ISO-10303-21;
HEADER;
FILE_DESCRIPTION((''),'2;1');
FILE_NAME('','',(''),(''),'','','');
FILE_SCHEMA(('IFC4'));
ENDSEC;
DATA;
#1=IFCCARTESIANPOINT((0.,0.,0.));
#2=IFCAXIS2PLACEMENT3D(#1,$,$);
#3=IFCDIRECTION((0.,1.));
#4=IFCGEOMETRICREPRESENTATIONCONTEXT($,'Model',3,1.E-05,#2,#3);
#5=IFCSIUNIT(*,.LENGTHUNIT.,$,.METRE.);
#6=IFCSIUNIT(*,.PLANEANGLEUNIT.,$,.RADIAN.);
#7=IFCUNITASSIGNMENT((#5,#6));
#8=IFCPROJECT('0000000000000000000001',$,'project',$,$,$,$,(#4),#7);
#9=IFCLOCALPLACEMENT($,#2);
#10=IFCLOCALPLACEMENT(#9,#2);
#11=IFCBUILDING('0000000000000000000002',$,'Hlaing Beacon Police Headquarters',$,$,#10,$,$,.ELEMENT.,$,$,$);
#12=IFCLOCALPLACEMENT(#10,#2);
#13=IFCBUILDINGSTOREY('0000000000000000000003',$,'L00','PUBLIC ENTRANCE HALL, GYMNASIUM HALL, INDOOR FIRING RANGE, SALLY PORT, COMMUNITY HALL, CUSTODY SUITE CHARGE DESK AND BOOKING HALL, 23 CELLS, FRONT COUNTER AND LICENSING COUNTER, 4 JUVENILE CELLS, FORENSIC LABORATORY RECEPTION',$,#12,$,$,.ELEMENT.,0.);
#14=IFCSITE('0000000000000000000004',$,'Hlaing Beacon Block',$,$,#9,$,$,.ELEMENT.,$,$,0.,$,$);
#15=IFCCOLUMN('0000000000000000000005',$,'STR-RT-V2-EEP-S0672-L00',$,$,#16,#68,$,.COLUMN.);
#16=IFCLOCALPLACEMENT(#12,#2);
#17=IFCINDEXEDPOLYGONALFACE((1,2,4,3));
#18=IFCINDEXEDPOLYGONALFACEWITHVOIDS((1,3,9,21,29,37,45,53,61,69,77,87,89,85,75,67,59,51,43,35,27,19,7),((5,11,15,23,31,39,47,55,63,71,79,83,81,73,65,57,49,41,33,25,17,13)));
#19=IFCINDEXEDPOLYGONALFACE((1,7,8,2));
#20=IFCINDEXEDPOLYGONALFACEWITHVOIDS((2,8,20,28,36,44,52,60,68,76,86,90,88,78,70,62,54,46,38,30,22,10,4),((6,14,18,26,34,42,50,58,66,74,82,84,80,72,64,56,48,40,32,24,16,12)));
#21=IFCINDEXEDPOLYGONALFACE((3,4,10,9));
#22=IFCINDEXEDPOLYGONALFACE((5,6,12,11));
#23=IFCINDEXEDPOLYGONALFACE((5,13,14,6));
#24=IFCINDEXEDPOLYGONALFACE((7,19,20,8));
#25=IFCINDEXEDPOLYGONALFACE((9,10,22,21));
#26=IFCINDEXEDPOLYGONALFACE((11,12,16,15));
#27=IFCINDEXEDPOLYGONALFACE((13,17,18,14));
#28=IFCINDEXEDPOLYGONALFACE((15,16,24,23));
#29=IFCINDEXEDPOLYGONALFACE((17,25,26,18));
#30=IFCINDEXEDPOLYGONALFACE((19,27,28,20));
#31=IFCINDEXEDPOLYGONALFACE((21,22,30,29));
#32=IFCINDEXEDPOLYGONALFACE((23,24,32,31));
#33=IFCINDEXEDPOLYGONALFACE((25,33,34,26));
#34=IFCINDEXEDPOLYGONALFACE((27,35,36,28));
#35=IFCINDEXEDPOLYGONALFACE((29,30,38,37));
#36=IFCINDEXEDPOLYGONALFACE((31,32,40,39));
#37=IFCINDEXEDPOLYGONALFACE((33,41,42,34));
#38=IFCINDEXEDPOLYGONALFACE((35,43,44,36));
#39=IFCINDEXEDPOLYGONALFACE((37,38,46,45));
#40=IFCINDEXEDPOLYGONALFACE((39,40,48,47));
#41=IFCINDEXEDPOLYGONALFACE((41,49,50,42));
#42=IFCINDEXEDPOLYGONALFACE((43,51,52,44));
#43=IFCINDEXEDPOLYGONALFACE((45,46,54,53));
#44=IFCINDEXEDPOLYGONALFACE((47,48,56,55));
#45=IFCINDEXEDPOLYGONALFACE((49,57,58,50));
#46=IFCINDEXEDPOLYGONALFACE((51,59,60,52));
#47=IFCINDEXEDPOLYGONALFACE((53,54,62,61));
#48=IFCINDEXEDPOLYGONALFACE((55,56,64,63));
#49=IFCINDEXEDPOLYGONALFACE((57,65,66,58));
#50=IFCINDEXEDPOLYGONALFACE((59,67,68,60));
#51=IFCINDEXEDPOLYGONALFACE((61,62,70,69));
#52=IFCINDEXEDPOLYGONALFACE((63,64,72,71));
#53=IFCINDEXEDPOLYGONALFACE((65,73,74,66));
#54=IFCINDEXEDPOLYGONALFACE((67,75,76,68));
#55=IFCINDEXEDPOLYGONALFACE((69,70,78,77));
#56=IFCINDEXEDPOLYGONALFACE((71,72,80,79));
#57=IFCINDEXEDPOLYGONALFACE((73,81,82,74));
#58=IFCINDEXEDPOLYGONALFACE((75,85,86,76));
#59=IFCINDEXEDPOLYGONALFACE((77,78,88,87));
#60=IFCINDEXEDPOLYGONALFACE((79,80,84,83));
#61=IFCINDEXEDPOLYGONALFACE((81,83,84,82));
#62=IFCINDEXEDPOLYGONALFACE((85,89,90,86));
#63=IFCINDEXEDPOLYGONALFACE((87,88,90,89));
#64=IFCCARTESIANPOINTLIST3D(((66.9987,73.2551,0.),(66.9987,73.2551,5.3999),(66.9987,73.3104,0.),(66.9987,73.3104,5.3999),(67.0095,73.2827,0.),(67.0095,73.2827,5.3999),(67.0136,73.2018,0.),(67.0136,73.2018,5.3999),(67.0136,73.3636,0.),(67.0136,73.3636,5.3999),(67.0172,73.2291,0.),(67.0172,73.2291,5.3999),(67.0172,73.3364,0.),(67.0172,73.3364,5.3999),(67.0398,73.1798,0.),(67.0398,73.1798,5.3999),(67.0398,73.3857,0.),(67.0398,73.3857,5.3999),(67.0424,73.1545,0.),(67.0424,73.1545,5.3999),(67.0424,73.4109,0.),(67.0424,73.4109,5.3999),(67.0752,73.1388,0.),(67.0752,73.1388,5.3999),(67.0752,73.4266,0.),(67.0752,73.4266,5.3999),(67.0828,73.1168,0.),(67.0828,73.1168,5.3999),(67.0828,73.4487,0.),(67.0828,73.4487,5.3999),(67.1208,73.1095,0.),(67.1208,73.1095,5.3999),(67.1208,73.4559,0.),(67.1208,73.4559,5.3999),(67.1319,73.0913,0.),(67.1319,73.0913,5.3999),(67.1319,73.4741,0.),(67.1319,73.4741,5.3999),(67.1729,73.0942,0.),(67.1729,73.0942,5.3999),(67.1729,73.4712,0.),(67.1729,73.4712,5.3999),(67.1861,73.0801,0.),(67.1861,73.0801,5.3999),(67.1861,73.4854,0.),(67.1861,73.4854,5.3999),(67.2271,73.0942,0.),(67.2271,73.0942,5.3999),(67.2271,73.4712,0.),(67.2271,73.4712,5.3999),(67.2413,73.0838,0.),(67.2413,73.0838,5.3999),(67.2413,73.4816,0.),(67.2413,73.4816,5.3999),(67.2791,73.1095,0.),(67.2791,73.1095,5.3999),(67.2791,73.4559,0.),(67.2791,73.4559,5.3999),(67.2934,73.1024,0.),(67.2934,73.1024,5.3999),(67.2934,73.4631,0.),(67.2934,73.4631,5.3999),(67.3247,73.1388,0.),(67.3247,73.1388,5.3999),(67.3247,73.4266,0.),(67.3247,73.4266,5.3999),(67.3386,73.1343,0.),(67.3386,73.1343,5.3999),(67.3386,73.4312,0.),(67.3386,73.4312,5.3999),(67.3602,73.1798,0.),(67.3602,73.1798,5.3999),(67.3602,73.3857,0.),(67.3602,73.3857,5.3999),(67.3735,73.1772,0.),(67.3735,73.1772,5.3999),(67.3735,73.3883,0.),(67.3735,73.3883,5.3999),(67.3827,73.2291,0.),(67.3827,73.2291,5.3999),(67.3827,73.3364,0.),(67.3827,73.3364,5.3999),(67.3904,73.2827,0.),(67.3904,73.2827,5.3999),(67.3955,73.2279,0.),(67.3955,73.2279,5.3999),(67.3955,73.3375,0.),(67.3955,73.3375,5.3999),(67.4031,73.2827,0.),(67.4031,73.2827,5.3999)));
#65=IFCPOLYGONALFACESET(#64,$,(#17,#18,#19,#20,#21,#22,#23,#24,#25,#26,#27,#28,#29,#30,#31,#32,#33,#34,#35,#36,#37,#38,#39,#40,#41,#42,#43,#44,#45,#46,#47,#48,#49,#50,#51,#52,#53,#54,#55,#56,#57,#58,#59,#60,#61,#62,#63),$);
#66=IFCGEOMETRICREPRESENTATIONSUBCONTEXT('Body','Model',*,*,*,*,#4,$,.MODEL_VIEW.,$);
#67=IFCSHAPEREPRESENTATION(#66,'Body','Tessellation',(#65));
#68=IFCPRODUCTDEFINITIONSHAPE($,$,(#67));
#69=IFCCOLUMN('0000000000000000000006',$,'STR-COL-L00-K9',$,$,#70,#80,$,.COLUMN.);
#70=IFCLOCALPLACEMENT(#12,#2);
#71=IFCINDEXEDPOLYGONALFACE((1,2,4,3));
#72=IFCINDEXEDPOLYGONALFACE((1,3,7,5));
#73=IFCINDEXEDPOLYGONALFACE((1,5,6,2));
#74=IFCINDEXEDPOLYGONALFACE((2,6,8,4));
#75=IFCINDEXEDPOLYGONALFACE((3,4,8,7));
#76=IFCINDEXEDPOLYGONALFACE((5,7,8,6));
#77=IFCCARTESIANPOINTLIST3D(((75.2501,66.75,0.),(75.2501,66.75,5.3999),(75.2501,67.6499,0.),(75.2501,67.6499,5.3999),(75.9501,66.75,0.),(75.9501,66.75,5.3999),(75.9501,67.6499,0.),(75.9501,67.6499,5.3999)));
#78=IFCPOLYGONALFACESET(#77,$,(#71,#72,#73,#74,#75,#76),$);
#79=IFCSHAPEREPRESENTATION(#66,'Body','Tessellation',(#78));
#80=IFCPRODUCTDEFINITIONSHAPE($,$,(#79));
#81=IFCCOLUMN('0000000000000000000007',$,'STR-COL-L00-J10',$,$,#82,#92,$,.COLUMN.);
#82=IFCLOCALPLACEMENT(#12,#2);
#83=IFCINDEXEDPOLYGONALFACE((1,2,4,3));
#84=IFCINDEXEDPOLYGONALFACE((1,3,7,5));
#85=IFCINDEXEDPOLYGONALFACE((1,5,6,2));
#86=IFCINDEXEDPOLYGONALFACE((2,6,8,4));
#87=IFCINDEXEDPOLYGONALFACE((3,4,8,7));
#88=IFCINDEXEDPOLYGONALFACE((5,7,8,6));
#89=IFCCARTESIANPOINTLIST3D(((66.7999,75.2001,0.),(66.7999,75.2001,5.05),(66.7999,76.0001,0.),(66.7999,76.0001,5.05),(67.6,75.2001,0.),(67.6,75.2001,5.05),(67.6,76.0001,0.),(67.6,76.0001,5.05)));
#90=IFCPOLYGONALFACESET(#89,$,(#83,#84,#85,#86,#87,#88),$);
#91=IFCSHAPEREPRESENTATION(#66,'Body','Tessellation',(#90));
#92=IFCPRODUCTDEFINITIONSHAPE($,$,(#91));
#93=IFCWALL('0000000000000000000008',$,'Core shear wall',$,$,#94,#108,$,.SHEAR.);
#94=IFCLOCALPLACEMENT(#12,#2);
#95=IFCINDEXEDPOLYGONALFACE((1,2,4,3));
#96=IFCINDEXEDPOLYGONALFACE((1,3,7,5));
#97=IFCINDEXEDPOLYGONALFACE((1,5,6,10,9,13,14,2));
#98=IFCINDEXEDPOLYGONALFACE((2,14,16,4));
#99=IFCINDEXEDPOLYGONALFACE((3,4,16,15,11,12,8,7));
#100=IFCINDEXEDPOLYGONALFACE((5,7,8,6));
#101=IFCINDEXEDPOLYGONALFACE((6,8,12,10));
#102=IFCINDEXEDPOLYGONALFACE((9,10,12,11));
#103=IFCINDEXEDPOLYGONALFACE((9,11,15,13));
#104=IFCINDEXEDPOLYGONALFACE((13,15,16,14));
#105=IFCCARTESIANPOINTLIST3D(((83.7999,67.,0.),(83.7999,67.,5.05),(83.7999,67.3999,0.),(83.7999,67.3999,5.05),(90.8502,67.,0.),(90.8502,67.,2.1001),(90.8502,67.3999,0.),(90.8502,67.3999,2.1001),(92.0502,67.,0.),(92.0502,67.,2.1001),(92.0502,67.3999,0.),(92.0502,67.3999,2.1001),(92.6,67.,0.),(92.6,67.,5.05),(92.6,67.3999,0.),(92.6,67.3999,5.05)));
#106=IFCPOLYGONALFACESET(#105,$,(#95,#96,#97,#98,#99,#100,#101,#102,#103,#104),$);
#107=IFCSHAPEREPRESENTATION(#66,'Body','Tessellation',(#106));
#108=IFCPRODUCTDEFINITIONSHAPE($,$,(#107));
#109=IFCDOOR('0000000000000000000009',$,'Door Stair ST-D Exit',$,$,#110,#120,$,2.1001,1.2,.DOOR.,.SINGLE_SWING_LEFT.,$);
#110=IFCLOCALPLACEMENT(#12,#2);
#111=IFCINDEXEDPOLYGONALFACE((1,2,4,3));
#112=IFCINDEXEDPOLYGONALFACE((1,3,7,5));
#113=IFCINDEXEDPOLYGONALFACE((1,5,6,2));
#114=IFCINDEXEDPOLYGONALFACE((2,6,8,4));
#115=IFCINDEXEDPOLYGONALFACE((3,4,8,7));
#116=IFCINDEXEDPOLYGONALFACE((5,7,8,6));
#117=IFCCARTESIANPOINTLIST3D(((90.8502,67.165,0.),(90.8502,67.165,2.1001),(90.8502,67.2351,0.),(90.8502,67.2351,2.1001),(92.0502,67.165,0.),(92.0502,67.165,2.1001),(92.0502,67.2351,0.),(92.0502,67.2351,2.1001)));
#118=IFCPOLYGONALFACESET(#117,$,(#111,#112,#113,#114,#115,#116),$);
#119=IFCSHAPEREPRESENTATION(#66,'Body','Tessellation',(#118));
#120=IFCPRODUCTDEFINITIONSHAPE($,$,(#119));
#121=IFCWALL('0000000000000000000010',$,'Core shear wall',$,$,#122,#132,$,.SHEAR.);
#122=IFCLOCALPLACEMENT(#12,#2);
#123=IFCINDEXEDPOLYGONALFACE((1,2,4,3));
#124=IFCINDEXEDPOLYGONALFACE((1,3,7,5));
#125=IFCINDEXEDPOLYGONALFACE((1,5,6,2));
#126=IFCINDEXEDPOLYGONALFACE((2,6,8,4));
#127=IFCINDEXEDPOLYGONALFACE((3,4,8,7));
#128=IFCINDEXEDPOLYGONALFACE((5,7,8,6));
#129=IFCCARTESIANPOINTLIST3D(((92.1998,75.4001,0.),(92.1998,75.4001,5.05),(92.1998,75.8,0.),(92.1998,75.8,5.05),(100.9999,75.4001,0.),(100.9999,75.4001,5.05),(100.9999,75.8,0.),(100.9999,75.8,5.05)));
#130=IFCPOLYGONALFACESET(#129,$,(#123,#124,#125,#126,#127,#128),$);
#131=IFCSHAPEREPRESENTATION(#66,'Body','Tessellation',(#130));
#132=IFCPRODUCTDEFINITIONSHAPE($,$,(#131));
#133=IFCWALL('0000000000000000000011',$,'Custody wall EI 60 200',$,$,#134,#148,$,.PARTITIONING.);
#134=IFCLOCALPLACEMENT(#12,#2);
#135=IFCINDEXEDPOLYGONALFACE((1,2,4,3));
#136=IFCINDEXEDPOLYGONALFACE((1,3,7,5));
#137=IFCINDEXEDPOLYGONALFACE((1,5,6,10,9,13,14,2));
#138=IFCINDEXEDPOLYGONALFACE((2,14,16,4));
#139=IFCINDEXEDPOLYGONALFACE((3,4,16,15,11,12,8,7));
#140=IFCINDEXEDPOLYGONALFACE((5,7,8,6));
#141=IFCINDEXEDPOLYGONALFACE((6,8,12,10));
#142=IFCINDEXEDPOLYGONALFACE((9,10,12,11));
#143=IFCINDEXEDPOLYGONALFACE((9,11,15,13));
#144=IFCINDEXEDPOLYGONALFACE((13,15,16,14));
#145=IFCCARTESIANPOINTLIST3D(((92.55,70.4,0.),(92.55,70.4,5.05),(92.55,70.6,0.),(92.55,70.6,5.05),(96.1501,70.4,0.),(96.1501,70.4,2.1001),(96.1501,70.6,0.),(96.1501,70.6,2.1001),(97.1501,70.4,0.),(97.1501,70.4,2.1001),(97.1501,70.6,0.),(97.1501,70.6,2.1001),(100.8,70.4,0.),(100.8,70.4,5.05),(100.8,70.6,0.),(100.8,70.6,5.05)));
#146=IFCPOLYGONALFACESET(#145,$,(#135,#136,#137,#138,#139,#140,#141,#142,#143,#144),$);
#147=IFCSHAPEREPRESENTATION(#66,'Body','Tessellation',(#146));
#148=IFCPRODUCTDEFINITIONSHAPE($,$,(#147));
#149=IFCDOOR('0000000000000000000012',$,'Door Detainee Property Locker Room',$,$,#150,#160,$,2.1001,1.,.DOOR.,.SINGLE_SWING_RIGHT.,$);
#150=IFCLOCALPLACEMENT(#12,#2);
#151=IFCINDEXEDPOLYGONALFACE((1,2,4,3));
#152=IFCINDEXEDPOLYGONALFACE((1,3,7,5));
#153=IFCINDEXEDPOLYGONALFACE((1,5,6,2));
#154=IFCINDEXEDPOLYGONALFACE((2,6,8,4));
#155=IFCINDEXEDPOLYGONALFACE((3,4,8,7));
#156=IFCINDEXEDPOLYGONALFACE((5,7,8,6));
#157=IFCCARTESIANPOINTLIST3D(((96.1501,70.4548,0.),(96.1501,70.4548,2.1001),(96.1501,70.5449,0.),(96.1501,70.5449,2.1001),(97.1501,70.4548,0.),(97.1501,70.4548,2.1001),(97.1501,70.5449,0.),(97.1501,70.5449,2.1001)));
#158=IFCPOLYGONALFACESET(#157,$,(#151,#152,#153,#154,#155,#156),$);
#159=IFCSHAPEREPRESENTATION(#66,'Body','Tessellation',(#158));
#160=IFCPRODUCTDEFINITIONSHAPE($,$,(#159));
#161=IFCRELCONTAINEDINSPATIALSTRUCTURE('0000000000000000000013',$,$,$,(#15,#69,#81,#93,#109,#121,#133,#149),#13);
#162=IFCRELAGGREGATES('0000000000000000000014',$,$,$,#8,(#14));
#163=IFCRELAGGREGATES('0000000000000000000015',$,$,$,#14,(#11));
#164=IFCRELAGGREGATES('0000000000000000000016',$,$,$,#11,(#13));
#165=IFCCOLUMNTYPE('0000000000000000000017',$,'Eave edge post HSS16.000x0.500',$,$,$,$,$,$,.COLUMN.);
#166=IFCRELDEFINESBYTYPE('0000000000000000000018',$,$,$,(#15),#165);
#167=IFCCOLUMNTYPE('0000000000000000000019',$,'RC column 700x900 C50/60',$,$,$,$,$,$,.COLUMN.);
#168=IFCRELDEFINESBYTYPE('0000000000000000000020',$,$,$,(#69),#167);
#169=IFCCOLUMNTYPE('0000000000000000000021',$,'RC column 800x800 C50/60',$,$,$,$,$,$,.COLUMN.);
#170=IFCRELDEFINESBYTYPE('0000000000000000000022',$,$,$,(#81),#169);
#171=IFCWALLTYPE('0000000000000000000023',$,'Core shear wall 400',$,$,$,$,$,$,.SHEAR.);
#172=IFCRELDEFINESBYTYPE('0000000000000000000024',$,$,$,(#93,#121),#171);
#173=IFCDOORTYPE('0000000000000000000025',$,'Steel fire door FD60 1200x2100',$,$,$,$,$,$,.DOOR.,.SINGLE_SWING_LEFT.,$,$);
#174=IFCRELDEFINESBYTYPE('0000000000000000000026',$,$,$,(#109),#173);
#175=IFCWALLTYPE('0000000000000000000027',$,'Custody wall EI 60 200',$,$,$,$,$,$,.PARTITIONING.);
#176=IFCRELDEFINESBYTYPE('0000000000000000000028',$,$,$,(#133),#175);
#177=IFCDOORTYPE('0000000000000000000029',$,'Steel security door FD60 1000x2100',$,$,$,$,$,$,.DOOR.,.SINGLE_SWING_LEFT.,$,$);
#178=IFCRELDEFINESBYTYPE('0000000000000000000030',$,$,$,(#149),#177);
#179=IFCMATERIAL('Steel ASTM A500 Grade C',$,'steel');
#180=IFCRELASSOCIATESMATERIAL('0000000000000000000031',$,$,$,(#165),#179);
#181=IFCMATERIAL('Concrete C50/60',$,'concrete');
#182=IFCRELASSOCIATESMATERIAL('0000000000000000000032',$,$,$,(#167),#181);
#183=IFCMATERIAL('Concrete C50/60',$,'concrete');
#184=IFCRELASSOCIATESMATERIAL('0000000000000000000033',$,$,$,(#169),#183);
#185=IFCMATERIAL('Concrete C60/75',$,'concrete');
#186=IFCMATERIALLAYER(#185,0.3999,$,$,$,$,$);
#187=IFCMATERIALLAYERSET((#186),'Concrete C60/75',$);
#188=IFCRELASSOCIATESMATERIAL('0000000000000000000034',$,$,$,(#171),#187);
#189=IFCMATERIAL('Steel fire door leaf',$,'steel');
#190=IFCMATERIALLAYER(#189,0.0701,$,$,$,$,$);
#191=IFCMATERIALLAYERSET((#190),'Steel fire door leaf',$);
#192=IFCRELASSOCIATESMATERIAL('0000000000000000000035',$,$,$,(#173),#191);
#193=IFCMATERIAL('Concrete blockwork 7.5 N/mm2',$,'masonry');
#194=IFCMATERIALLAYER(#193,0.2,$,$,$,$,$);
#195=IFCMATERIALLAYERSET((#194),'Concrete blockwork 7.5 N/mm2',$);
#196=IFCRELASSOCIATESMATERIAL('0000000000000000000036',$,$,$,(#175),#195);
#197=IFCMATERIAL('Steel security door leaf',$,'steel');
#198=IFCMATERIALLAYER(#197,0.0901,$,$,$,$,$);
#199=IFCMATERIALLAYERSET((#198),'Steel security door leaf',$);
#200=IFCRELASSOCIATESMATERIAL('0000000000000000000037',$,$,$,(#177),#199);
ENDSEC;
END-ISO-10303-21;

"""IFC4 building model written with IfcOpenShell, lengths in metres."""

from ifc_helpers import new_model, si_unit, direction, frame, frame_2d, origin, origin_2d, place, context, subcontext, project, spatial, rectangle, hollow_circle, extrude, material, layer, layer_set, material_profile, profile_set, type_object, element, fill, save


model = new_model("IFC4")

# Units and contexts
model_context = context("Model", 3, precision=1e-05, world=origin(), true_north=direction((0.0, 1.0)))
body_context = subcontext(model_context, "Body", "Model", "MODEL_VIEW")
ifc_project = project(units=[si_unit("LENGTHUNIT", "METRE"), si_unit("PLANEANGLEUNIT", "RADIAN")], contexts=[model_context])

# Site, building, storey
site_placement = place(None, origin())
site = spatial("IfcSite", under=ifc_project, at=site_placement, Name="Hlaing Beacon Block", CompositionType="ELEMENT", RefElevation=0.0)
building_placement = place(site_placement, origin())
building = spatial("IfcBuilding", under=site, at=building_placement, Name="Hlaing Beacon Police Headquarters", CompositionType="ELEMENT")
storey_placement = place(building_placement, origin())
storey = spatial("IfcBuildingStorey", under=building, at=storey_placement, Name="L00", Description="PUBLIC ENTRANCE HALL, GYMNASIUM HALL, INDOOR FIRING RANGE, SALLY PORT, COMMUNITY HALL, CUSTODY SUITE CHARGE DESK AND BOOKING HALL, 23 CELLS, FRONT COUNTER AND LICENSING COUNTER, 4 JUVENILE CELLS, FORENSIC LABORATORY RECEPTION", CompositionType="ELEMENT", Elevation=0.0)

# Columns
ifc_material_1 = material(Name="Steel ASTM A500 Grade C", Category="steel")
ifc_material_profile_1 = material_profile(ifc_material_1, hollow_circle(Radius=0.2031, WallThickness=0.0127, at=origin_2d()), Name="HSS16.000x0.500")
ifc_profile_set_1 = profile_set([ifc_material_profile_1], Name="Steel ASTM A500 Grade C")
column_type_1 = type_object("IfcColumnType", Name="Eave edge post HSS16.000x0.500", PredefinedType="COLUMN", material=ifc_profile_set_1)
column_1_placement = place(storey_placement, frame((67.2, 73.2827, 0.0), z_axis=(0.0, 0.0, 1.0), x_axis=(1.0, 0.0, 0.0)))
element("IfcColumn", 1, at=column_1_placement, inside=storey, type_object=column_type_1, Name="STR-RT-V2-EEP-S0672-L00", PredefinedType="COLUMN", context=body_context, shape_type="SweptSolid", body=[
    extrude(hollow_circle(Radius=0.2031, WallThickness=0.0127, at=origin_2d()), origin(), (0.0, 0.0, 1.0), 5.3999),
])
ifc_material_2 = material(Name="Concrete C50/60", Category="concrete")
ifc_material_profile_2 = material_profile(ifc_material_2, rectangle(XDim=0.7, YDim=0.8999, at=origin_2d()), Name="700x900")
ifc_profile_set_2 = profile_set([ifc_material_profile_2], Name="Concrete C50/60")
column_type_2 = type_object("IfcColumnType", Name="RC column 700x900 C50/60", PredefinedType="COLUMN", material=ifc_profile_set_2)
column_2_placement = place(storey_placement, frame((75.6001, 67.2, 0.0), z_axis=(0.0, 0.0, 1.0), x_axis=(1.0, 0.0, 0.0)))
element("IfcColumn", 2, at=column_2_placement, inside=storey, type_object=column_type_2, Name="STR-COL-L00-K9", PredefinedType="COLUMN", context=body_context, shape_type="SweptSolid", body=[
    extrude(rectangle(XDim=0.7, YDim=0.8999, at=origin_2d()), origin(), (0.0, 0.0, 1.0), 5.3999),
])
ifc_material_3 = material(Name="Concrete C50/60", Category="concrete")
ifc_material_profile_3 = material_profile(ifc_material_3, rectangle(XDim=0.8, YDim=0.8, at=origin_2d()), Name="800x800")
ifc_profile_set_3 = profile_set([ifc_material_profile_3], Name="Concrete C50/60")
column_type_3 = type_object("IfcColumnType", Name="RC column 800x800 C50/60", PredefinedType="COLUMN", material=ifc_profile_set_3)
column_3_placement = place(storey_placement, frame((67.2, 75.6001, 0.0), z_axis=(0.0, 0.0, 1.0), x_axis=(1.0, 0.0, 0.0)))
element("IfcColumn", 3, at=column_3_placement, inside=storey, type_object=column_type_3, Name="STR-COL-L00-J10", PredefinedType="COLUMN", context=body_context, shape_type="SweptSolid", body=[
    extrude(rectangle(XDim=0.8, YDim=0.8, at=origin_2d()), origin(), (0.0, 0.0, 1.0), 5.05),
])

# Wall, opening, door
ifc_material_4 = material(Name="Concrete C60/75", Category="concrete")
ifc_layer_1 = layer(ifc_material_4, 0.3999)
ifc_layer_set_1 = layer_set([ifc_layer_1], Name="Concrete C60/75")
wall_type_1 = type_object("IfcWallType", Name="Core shear wall 400", PredefinedType="SHEAR", material=ifc_layer_set_1)
wall_1_placement = place(storey_placement, frame((83.8, 67.2, 0.0), z_axis=(0.0, 0.0, 1.0), x_axis=(1.0, 0.0, 0.0)))
wall_1 = element("IfcWall", 4, at=wall_1_placement, inside=storey, type_object=wall_type_1, Name="Core shear wall", PredefinedType="SHEAR", context=body_context, shape_type="SweptSolid", body=[
    extrude(rectangle(XDim=8.8, YDim=0.3999, at=frame_2d((4.3999, 0.0))), origin(), (0.0, 0.0, 1.0), 5.05),
])
opening_1_placement = place(wall_1_placement, frame((7.05, 0.0, 0.0)))
opening_1 = element("IfcOpeningElement", 5, at=opening_1_placement, cuts=wall_1, PredefinedType="OPENING", context=body_context, shape_type="SweptSolid", body=[
    extrude(rectangle(XDim=1.2, YDim=2.1001, at=frame_2d((0.6001, 1.05))), frame((0.0, 0.21, 0.0), z_axis=(0.0, -1.0, 0.0), x_axis=(1.0, 0.0, 0.0)), (0.0, 0.0, 1.0), 0.4199),
])
ifc_material_5 = material(Name="Steel fire door leaf", Category="steel")
ifc_layer_2 = layer(ifc_material_5, 0.0701)
ifc_layer_set_2 = layer_set([ifc_layer_2], Name="Steel fire door leaf")
door_type_1 = type_object("IfcDoorType", Name="Steel fire door FD60 1200x2100", OperationType="SINGLE_SWING_LEFT", PredefinedType="DOOR", material=ifc_layer_set_2)
door_1_placement = place(opening_1_placement, origin())
door_1 = element("IfcDoor", 6, at=door_1_placement, inside=storey, type_object=door_type_1, Name="Door Stair ST-D Exit", OperationType="SINGLE_SWING_LEFT", OverallHeight=2.1001, OverallWidth=1.2, PredefinedType="DOOR", context=body_context, shape_type="SweptSolid", body=[
    extrude(rectangle(XDim=1.2, YDim=2.1001, at=frame_2d((0.6001, 1.05))), frame((0.0, 0.0352, 0.0), z_axis=(0.0, -1.0, 0.0), x_axis=(1.0, 0.0, 0.0)), (0.0, 0.0, 1.0), 0.0701),
])
fill(opening_1, door_1)

# Wall
wall_2_placement = place(storey_placement, frame((92.2, 75.6001, 0.0), z_axis=(0.0, 0.0, 1.0), x_axis=(1.0, 0.0, 0.0)))
element("IfcWall", 7, at=wall_2_placement, inside=storey, type_object=wall_type_1, Name="Core shear wall", PredefinedType="SHEAR", context=body_context, shape_type="SweptSolid", body=[
    extrude(rectangle(XDim=8.8, YDim=0.3999, at=frame_2d((4.3999, 0.0))), origin(), (0.0, 0.0, 1.0), 5.05),
])

# Wall, opening, door
ifc_material_6 = material(Name="Concrete blockwork 7.5 N/mm2", Category="masonry")
ifc_layer_3 = layer(ifc_material_6, 0.2)
ifc_layer_set_3 = layer_set([ifc_layer_3], Name="Concrete blockwork 7.5 N/mm2")
wall_type_2 = type_object("IfcWallType", Name="Custody wall EI 60 200", PredefinedType="PARTITIONING", material=ifc_layer_set_3)
wall_3_placement = place(storey_placement, frame((92.55, 70.5, 0.0), z_axis=(0.0, 0.0, 1.0), x_axis=(1.0, 0.0, 0.0)))
wall_3 = element("IfcWall", 8, at=wall_3_placement, inside=storey, type_object=wall_type_2, Name="Custody wall EI 60 200", PredefinedType="PARTITIONING", context=body_context, shape_type="SweptSolid", body=[
    extrude(rectangle(XDim=8.25, YDim=0.2, at=frame_2d((4.125, 0.0))), origin(), (0.0, 0.0, 1.0), 5.05),
])
opening_2_placement = place(wall_3_placement, frame((3.6001, 0.0, 0.0)))
opening_2 = element("IfcOpeningElement", 9, at=opening_2_placement, cuts=wall_3, PredefinedType="OPENING", context=body_context, shape_type="SweptSolid", body=[
    extrude(rectangle(XDim=1.0, YDim=2.1001, at=frame_2d((0.5, 1.05))), frame((0.0, 0.1099, 0.0), z_axis=(0.0, -1.0, 0.0), x_axis=(1.0, 0.0, 0.0)), (0.0, 0.0, 1.0), 0.22),
])
ifc_material_7 = material(Name="Steel security door leaf", Category="steel")
ifc_layer_4 = layer(ifc_material_7, 0.0901)
ifc_layer_set_4 = layer_set([ifc_layer_4], Name="Steel security door leaf")
door_type_2 = type_object("IfcDoorType", Name="Steel security door FD60 1000x2100", OperationType="SINGLE_SWING_LEFT", PredefinedType="DOOR", material=ifc_layer_set_4)
door_2_placement = place(opening_2_placement, frame((1.0, 0.0, 0.0), z_axis=(0.0, 0.0, 1.0), x_axis=(-1.0, 0.0, 0.0)))
door_2 = element("IfcDoor", 10, at=door_2_placement, inside=storey, type_object=door_type_2, Name="Door Detainee Property Locker Room", OperationType="SINGLE_SWING_RIGHT", OverallHeight=2.1001, OverallWidth=1.0, PredefinedType="DOOR", context=body_context, shape_type="SweptSolid", body=[
    extrude(rectangle(XDim=1.0, YDim=2.1001, at=frame_2d((0.5, 1.05))), frame((0.0, 0.0452, 0.0), z_axis=(0.0, -1.0, 0.0), x_axis=(1.0, 0.0, 0.0)), (0.0, 0.0, 1.0), 0.0901),
])
fill(opening_2, door_2)

save(model, "model.ifc")
